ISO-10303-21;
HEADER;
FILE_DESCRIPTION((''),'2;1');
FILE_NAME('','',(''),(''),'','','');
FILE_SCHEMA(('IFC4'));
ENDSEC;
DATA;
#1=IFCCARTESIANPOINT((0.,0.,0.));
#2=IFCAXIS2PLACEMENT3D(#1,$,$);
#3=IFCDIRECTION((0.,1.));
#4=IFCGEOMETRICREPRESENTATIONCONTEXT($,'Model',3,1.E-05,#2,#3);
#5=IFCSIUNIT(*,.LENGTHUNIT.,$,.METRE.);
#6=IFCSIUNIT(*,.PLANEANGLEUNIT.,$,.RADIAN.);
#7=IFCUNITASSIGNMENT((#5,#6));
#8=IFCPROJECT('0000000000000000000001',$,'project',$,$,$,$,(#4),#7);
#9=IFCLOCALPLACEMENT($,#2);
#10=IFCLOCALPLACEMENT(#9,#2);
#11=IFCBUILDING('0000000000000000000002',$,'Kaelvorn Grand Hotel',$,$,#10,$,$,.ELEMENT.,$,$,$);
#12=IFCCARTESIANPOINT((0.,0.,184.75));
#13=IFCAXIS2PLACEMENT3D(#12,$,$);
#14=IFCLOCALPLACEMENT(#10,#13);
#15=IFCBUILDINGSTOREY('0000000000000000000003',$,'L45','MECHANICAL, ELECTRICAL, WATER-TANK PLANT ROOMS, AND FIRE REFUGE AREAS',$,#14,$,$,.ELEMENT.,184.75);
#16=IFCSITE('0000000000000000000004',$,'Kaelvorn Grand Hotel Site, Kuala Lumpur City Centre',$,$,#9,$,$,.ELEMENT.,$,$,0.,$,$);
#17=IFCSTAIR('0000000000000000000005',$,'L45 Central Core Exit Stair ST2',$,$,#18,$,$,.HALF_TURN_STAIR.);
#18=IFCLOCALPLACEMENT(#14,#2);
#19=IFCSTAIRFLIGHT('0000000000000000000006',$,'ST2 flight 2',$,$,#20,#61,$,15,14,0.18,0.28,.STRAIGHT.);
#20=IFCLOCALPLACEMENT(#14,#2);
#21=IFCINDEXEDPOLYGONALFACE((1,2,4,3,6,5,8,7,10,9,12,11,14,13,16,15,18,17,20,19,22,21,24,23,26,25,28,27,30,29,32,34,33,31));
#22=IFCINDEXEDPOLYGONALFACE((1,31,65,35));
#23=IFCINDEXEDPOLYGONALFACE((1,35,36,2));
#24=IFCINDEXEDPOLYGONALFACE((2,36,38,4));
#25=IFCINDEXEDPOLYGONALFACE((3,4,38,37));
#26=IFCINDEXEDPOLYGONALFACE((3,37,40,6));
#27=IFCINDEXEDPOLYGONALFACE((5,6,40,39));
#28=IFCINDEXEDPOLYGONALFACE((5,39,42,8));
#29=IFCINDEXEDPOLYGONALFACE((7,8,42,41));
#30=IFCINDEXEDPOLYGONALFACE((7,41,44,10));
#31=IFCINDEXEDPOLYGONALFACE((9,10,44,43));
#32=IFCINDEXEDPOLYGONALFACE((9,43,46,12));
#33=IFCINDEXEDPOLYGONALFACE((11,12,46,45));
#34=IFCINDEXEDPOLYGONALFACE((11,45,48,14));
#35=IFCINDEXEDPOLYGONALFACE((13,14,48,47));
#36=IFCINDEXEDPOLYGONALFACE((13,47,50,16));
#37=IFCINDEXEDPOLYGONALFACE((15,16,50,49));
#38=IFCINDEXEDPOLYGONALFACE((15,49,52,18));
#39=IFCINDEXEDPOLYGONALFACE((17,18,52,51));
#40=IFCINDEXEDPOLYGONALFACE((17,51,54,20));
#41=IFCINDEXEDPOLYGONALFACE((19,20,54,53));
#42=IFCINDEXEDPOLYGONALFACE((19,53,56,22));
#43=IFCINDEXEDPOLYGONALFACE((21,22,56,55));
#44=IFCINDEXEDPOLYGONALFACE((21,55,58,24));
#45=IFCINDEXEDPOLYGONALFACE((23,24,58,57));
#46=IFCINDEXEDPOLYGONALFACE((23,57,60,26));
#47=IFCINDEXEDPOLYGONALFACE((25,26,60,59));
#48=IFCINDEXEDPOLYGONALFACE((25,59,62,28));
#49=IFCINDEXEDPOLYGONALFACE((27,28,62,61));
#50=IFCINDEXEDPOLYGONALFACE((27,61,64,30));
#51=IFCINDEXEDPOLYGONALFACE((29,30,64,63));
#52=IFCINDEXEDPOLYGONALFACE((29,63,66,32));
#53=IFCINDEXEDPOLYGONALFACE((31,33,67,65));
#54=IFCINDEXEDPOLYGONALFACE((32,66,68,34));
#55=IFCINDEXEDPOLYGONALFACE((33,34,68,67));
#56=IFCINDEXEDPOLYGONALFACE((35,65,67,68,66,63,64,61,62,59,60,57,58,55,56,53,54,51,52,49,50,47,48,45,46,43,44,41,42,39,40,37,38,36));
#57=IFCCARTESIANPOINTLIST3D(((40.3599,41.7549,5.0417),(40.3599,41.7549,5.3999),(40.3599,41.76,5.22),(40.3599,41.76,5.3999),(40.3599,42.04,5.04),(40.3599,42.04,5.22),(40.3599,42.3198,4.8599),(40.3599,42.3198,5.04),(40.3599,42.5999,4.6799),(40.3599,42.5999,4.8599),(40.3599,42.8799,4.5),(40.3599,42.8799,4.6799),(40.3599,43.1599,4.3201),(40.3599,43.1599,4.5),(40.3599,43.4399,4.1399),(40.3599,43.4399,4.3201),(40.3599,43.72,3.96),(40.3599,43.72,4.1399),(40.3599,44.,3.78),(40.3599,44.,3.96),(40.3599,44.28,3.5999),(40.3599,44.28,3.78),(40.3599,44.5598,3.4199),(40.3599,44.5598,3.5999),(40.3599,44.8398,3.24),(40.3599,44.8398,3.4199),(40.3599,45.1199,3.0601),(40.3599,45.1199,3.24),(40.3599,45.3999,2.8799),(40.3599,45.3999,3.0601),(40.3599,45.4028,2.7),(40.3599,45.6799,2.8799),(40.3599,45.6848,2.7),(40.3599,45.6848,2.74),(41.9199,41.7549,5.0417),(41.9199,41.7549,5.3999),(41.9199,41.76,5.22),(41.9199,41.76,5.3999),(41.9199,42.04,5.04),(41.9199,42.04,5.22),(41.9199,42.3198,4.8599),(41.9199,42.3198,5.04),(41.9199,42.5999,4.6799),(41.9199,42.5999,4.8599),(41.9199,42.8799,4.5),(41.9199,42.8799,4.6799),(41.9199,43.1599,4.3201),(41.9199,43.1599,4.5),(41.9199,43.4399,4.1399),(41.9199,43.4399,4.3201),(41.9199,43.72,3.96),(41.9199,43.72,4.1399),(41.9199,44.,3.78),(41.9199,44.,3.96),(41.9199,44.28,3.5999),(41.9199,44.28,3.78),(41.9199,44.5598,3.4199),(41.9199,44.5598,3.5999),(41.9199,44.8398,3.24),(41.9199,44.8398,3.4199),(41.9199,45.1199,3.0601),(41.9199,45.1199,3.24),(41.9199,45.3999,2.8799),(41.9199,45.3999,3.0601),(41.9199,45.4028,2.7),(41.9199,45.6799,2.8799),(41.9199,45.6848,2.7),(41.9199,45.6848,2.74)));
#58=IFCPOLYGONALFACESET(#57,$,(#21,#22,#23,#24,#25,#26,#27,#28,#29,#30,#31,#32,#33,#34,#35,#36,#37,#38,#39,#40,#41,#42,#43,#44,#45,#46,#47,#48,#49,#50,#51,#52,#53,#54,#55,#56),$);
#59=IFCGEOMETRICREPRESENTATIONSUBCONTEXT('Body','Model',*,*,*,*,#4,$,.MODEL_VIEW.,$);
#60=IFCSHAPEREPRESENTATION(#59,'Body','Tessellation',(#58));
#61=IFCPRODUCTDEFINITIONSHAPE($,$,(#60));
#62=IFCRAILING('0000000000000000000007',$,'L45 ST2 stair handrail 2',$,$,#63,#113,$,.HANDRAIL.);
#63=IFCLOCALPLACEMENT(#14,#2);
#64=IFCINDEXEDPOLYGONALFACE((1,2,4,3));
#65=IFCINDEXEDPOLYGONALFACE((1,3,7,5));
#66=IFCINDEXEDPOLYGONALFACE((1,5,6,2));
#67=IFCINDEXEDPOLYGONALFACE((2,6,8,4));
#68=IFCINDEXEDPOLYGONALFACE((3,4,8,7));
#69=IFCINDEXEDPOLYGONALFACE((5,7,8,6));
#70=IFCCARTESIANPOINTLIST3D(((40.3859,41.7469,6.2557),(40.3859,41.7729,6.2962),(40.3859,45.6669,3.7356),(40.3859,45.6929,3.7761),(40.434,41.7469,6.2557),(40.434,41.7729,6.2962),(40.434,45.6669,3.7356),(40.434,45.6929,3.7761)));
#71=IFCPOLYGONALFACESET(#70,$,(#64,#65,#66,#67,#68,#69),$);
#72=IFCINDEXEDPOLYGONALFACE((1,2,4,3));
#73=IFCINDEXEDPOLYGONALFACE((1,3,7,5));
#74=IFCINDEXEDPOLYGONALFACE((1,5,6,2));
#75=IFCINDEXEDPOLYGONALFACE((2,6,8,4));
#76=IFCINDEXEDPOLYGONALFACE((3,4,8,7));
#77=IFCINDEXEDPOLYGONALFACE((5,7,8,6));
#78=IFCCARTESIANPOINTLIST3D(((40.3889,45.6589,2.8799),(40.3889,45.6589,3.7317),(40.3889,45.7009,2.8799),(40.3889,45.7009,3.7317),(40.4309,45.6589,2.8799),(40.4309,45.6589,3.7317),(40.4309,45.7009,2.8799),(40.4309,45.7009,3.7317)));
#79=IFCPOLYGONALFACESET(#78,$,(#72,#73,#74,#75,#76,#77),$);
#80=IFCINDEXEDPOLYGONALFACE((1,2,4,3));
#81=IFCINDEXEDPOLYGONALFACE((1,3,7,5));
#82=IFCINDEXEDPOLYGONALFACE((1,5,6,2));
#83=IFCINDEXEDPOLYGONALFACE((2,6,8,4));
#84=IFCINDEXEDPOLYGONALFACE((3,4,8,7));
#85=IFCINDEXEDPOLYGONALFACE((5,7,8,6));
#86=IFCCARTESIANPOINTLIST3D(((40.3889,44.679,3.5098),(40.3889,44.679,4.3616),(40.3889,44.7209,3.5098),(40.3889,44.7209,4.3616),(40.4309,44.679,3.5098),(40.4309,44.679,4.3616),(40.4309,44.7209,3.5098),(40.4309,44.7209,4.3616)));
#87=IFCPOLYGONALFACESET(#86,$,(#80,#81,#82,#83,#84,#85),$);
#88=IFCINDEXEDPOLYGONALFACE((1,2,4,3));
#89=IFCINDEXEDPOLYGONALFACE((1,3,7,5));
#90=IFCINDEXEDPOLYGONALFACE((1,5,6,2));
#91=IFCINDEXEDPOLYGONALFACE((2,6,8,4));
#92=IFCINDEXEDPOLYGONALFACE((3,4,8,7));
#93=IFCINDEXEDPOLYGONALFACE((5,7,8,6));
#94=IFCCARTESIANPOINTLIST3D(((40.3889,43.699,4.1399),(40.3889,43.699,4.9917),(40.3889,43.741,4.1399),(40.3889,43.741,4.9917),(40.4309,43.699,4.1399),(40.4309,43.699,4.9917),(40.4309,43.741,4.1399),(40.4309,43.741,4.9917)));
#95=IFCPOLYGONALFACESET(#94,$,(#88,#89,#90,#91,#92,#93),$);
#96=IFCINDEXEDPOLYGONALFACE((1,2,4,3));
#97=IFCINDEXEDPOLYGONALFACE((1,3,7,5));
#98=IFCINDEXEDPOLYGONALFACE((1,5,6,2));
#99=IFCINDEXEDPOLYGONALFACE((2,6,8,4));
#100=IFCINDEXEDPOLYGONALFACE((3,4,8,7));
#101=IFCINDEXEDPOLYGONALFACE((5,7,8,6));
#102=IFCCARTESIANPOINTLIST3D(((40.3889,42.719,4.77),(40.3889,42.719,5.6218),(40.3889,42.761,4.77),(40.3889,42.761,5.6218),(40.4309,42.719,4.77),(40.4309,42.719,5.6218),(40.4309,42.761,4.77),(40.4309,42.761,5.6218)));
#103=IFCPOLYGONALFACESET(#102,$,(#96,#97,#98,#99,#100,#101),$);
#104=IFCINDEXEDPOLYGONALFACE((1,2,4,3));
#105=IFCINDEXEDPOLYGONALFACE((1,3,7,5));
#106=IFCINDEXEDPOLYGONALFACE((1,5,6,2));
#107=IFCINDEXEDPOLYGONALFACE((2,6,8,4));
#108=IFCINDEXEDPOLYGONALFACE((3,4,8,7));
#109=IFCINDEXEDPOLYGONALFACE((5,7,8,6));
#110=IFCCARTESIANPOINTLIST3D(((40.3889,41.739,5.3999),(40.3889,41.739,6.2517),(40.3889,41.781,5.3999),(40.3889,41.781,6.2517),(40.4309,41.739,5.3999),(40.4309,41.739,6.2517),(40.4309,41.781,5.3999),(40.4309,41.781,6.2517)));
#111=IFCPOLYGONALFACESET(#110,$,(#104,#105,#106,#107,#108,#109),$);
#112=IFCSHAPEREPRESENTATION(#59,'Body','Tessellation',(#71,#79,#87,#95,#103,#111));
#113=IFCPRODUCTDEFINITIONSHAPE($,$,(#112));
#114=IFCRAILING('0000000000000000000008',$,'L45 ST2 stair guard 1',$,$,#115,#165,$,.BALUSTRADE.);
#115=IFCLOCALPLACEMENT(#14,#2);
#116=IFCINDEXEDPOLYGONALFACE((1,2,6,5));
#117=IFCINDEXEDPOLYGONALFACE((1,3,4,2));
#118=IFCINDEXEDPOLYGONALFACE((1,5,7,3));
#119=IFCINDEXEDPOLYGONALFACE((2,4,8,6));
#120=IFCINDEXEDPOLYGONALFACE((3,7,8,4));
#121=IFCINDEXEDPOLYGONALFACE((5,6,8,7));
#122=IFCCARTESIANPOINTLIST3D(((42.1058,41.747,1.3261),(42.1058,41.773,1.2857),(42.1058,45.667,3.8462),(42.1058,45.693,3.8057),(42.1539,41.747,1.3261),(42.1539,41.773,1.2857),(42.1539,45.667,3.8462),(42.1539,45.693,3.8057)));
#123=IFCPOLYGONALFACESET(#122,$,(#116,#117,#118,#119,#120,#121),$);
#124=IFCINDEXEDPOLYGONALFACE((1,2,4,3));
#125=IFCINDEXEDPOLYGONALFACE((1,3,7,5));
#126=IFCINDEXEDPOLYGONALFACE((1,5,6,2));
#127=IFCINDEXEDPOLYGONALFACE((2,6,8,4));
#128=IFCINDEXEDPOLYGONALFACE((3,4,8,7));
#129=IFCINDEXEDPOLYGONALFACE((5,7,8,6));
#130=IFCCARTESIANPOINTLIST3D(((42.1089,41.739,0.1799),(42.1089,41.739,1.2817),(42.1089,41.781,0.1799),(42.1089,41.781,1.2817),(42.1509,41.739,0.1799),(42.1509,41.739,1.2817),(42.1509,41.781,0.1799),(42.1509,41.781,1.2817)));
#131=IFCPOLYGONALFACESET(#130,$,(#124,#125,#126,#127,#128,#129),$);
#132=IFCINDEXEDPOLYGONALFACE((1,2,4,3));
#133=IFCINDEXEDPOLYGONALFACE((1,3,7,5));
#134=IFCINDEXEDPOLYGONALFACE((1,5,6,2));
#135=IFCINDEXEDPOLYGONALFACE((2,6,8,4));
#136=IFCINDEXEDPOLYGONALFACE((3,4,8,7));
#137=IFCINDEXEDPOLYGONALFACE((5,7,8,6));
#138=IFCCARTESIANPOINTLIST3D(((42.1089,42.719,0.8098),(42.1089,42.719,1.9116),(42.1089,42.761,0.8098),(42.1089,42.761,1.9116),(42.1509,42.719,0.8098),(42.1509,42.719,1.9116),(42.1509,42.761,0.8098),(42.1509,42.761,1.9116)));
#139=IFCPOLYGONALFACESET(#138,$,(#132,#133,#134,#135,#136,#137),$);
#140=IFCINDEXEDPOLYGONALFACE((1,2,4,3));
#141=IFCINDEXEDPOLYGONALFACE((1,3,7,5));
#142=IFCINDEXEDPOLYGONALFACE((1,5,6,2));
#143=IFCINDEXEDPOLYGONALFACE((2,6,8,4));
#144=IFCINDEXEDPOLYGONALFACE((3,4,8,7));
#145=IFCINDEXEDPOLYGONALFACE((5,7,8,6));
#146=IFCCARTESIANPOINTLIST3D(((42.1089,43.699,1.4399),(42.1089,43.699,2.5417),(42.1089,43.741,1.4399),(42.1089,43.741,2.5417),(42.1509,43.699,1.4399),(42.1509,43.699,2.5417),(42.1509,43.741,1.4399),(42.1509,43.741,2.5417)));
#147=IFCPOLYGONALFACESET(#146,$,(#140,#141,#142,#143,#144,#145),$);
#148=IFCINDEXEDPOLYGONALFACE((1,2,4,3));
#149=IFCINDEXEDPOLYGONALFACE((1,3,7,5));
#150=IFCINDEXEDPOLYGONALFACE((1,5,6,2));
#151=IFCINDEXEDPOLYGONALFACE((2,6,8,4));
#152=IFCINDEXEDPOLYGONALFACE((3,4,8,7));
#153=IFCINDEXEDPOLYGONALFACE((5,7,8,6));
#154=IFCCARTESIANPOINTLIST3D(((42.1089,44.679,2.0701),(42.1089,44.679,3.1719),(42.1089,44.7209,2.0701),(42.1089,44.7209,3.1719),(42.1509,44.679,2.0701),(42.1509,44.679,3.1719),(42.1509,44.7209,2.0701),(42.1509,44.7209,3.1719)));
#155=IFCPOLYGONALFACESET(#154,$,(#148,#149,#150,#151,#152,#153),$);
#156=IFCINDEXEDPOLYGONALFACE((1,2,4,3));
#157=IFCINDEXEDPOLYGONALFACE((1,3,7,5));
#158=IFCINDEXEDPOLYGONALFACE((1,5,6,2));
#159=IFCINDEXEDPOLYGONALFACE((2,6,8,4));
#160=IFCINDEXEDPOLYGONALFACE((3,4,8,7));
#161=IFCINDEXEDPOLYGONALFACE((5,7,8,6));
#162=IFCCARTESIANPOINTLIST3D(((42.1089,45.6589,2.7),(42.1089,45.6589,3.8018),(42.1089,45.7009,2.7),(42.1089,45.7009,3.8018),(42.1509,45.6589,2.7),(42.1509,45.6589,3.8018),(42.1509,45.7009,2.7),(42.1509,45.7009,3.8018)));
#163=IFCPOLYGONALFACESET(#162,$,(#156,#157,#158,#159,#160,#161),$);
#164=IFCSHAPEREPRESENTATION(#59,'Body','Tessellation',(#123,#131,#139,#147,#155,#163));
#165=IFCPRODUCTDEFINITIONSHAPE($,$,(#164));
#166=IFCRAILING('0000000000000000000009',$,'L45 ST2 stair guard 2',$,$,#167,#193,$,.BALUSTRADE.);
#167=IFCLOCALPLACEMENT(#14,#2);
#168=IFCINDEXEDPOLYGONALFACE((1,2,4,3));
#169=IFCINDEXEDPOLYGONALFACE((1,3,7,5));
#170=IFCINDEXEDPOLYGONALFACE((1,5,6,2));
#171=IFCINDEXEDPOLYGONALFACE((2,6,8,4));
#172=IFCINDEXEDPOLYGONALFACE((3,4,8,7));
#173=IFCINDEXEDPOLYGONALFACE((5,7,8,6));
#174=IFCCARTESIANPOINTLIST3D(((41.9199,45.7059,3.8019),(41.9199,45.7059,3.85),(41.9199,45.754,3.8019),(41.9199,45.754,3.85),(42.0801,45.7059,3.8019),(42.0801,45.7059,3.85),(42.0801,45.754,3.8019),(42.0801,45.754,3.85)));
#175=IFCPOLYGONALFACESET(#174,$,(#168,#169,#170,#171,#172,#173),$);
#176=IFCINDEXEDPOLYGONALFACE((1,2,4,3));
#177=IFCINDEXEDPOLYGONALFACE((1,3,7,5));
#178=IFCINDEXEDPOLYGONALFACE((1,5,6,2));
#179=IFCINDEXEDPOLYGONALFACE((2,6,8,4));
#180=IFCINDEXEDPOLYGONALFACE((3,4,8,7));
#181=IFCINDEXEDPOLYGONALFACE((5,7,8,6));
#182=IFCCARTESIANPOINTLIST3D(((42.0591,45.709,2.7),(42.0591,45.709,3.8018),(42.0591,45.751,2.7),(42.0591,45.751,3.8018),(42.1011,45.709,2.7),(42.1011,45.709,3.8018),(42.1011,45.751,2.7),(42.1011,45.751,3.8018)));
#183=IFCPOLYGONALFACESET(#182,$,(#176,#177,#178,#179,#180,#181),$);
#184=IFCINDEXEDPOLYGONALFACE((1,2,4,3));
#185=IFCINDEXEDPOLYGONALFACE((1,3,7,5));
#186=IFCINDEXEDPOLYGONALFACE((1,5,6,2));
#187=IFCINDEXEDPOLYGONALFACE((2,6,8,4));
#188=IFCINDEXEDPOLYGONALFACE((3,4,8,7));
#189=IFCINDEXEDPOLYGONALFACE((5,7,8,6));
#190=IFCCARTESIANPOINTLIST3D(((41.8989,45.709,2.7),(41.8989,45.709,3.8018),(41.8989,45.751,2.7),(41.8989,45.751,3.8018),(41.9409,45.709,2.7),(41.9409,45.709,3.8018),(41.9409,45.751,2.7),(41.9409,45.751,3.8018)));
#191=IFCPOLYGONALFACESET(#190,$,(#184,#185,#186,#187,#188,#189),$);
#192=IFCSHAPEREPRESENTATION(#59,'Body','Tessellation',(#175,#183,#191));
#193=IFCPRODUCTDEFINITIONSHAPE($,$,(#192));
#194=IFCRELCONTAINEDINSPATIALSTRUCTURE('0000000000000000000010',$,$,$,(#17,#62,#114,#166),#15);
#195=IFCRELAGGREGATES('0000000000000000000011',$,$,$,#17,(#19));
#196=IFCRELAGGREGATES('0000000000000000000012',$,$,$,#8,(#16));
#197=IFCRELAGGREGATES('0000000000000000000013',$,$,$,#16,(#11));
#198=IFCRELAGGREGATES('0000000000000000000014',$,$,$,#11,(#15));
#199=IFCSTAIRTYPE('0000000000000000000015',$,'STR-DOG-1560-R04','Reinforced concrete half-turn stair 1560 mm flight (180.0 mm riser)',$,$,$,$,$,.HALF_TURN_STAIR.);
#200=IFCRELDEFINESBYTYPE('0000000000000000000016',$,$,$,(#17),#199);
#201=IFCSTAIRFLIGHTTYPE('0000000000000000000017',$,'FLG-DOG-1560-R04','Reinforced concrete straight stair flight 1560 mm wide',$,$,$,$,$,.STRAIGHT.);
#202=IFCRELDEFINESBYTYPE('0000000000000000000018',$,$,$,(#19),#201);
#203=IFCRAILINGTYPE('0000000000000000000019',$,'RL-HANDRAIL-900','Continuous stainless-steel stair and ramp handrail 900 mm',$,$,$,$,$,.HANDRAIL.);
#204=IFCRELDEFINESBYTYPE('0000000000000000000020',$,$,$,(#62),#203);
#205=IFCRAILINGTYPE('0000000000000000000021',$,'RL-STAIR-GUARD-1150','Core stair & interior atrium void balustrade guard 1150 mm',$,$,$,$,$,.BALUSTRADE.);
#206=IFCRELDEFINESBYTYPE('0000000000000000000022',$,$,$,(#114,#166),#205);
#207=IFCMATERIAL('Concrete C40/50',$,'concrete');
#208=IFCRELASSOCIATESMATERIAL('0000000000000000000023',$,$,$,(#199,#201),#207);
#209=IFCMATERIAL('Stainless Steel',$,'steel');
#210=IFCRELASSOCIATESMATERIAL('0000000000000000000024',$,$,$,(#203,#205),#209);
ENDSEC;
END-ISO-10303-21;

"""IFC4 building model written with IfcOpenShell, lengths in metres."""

from ifc_helpers import new_model, si_unit, direction, frame, origin, origin_2d, place, context, subcontext, project, spatial, polyline, rectangle, outline, extrude, material, type_object, element, aggregate, save


model = new_model("IFC4")

# Units and contexts
model_context = context("Model", 3, precision=1e-05, world=origin(), true_north=direction((0.0, 1.0)))
body_context = subcontext(model_context, "Body", "Model", "MODEL_VIEW")
ifc_project = project(units=[si_unit("LENGTHUNIT", "METRE"), si_unit("PLANEANGLEUNIT", "RADIAN")], contexts=[model_context])

# Site, building, storey
site_placement = place(None, origin())
site = spatial("IfcSite", under=ifc_project, at=site_placement, Name="Kaelvorn Grand Hotel Site, Kuala Lumpur City Centre", CompositionType="ELEMENT", RefElevation=0.0)
building_placement = place(site_placement, origin())
building = spatial("IfcBuilding", under=site, at=building_placement, Name="Kaelvorn Grand Hotel", CompositionType="ELEMENT")
storey_placement = place(building_placement, frame((0.0, 0.0, 184.75)))
storey = spatial("IfcBuildingStorey", under=building, at=storey_placement, Name="L45", Description="MECHANICAL, ELECTRICAL, WATER-TANK PLANT ROOMS, AND FIRE REFUGE AREAS", CompositionType="ELEMENT", Elevation=184.75)

# Shared definitions
ifc_material_1 = material(Name="Concrete C40/50", Category="concrete")

# Stair, stair flight
stair_type = type_object("IfcStairType", Name="STR-DOG-1560-R04", Description="Reinforced concrete half-turn stair 1560 mm flight (180.0 mm riser)", PredefinedType="HALF_TURN_STAIR", material=ifc_material_1)
stair_placement = place(storey_placement, origin())
stair = element("IfcStair", 1, at=stair_placement, inside=storey, type_object=stair_type, Name="L45 Central Core Exit Stair ST2", PredefinedType="HALF_TURN_STAIR")
stair_flight_type = type_object("IfcStairFlightType", Name="FLG-DOG-1560-R04", Description="Reinforced concrete straight stair flight 1560 mm wide", PredefinedType="STRAIGHT", material=ifc_material_1)
stair_flight_1_placement = place(storey_placement, frame((41.1399, 45.6799, 2.7), z_axis=(0.0, 0.0, 1.0), x_axis=(0.0, -1.0, 0.0)))
stair_flight_1 = element("IfcStairFlight", 2, at=stair_flight_1_placement, type_object=stair_flight_type, Name="ST2 flight 2", NumberOfRisers=15, NumberOfTreads=14, PredefinedType="STRAIGHT", RiserHeight=0.18, TreadLength=0.28, context=body_context, shape_type="SweptSolid", body=[
    extrude(outline(polyline([(-0.0049, 0.0), (-0.0049, 0.04), (0.0, 0.1799), (0.28, 0.1799), (0.28, 0.3601), (0.5601, 0.3601), (0.5601, 0.54), (0.8401, 0.54), (0.8401, 0.72), (1.1201, 0.72), (1.1201, 0.8999), (1.3999, 0.8999), (1.3999, 1.0801), (1.6799, 1.0801), (1.6799, 1.26), (1.96, 1.26), (1.96, 1.4399), (2.24, 1.4399), (2.24, 1.6201), (2.52, 1.6201), (2.52, 1.8), (2.8, 1.8), (2.8, 1.98), (3.0801, 1.98), (3.0801, 2.1599), (3.3601, 2.1599), (3.3601, 2.3401), (3.6399, 2.3401), (3.6399, 2.52), (3.9199, 2.52), (3.9199, 2.7), (3.925, 2.7), (3.925, 2.3418), (0.2771, 0.0), (-0.0049, 0.0)])), frame((0.0, 0.78, 0.0), z_axis=(0.0, -1.0, 0.0), x_axis=(1.0, 0.0, 0.0)), (0.0, 0.0, 1.0), 1.5601),
])
aggregate(stair, [stair_flight_1])

# Railings
ifc_material_2 = material(Name="Stainless Steel", Category="steel")
railing_type_1 = type_object("IfcRailingType", Name="RL-HANDRAIL-900", Description="Continuous stainless-steel stair and ramp handrail 900 mm", PredefinedType="HANDRAIL", material=ifc_material_2)
railing_1_placement = place(storey_placement, frame((40.4099, 45.6799, 2.8799)))
element("IfcRailing", 3, at=railing_1_placement, inside=storey, type_object=railing_type_1, Name="L45 ST2 stair handrail 2", PredefinedType="HANDRAIL", context=body_context, shape_type="SweptSolid", body=[
    extrude(rectangle(XDim=0.0481, YDim=0.0481, at=origin_2d()), frame((0.0, 0.0, 0.876), z_axis=(0.0, -0.841172, 0.540768), x_axis=(1.0, 0.0, 0.0)), (0.0, 0.0, 1.0), 4.6602),
    extrude(rectangle(XDim=0.042, YDim=0.042, at=origin_2d()), origin(), (0.0, 0.0, 1.0), 0.8518),
    extrude(rectangle(XDim=0.042, YDim=0.042, at=origin_2d()), frame((0.0, -0.98, 0.6299)), (0.0, 0.0, 1.0), 0.8518),
    extrude(rectangle(XDim=0.042, YDim=0.042, at=origin_2d()), frame((0.0, -1.96, 1.26)), (0.0, 0.0, 1.0), 0.8518),
    extrude(rectangle(XDim=0.042, YDim=0.042, at=origin_2d()), frame((0.0, -2.9399, 1.8901)), (0.0, 0.0, 1.0), 0.8518),
    extrude(rectangle(XDim=0.042, YDim=0.042, at=origin_2d()), frame((0.0, -3.9199, 2.52)), (0.0, 0.0, 1.0), 0.8518),
])
railing_type_2 = type_object("IfcRailingType", Name="RL-STAIR-GUARD-1150", Description="Core stair & interior atrium void balustrade guard 1150 mm", PredefinedType="BALUSTRADE", material=ifc_material_2)
railing_2_placement = place(storey_placement, frame((42.1299, 41.76, 0.1799)))
element("IfcRailing", 4, at=railing_2_placement, inside=storey, type_object=railing_type_2, Name="L45 ST2 stair guard 1", PredefinedType="BALUSTRADE", context=body_context, shape_type="SweptSolid", body=[
    extrude(rectangle(XDim=0.0481, YDim=0.0481, at=origin_2d()), frame((0.0, 0.0, 1.126), z_axis=(0.0, 0.841172, 0.540768), x_axis=(-1.0, 0.0, 0.0)), (0.0, 0.0, 1.0), 4.6602),
    extrude(rectangle(XDim=0.042, YDim=0.042, at=origin_2d()), origin(), (0.0, 0.0, 1.0), 1.1018),
    extrude(rectangle(XDim=0.042, YDim=0.042, at=origin_2d()), frame((0.0, 0.98, 0.6299)), (0.0, 0.0, 1.0), 1.1018),
    extrude(rectangle(XDim=0.042, YDim=0.042, at=origin_2d()), frame((0.0, 1.96, 1.26)), (0.0, 0.0, 1.0), 1.1018),
    extrude(rectangle(XDim=0.042, YDim=0.042, at=origin_2d()), frame((0.0, 2.9399, 1.8901)), (0.0, 0.0, 1.0), 1.1018),
    extrude(rectangle(XDim=0.042, YDim=0.042, at=origin_2d()), frame((0.0, 3.9199, 2.52)), (0.0, 0.0, 1.0), 1.1018),
])
railing_3_placement = place(storey_placement, frame((42.0801, 45.73, 2.7)))
element("IfcRailing", 5, at=railing_3_placement, inside=storey, type_object=railing_type_2, Name="L45 ST2 stair guard 2", PredefinedType="BALUSTRADE", context=body_context, shape_type="SweptSolid", body=[
    extrude(rectangle(XDim=0.0481, YDim=0.0481, at=origin_2d()), frame((0.0, 0.0, 1.126), z_axis=(-1.0, 0.0, 0.0), x_axis=(0.0, -1.0, 0.0)), (0.0, 0.0, 1.0), 0.1602),
    extrude(rectangle(XDim=0.042, YDim=0.042, at=origin_2d()), origin(), (0.0, 0.0, 1.0), 1.1018),
    extrude(rectangle(XDim=0.042, YDim=0.042, at=origin_2d()), frame((-0.1602, 0.0, 0.0)), (0.0, 0.0, 1.0), 1.1018),
])

save(model, "model.ifc")
